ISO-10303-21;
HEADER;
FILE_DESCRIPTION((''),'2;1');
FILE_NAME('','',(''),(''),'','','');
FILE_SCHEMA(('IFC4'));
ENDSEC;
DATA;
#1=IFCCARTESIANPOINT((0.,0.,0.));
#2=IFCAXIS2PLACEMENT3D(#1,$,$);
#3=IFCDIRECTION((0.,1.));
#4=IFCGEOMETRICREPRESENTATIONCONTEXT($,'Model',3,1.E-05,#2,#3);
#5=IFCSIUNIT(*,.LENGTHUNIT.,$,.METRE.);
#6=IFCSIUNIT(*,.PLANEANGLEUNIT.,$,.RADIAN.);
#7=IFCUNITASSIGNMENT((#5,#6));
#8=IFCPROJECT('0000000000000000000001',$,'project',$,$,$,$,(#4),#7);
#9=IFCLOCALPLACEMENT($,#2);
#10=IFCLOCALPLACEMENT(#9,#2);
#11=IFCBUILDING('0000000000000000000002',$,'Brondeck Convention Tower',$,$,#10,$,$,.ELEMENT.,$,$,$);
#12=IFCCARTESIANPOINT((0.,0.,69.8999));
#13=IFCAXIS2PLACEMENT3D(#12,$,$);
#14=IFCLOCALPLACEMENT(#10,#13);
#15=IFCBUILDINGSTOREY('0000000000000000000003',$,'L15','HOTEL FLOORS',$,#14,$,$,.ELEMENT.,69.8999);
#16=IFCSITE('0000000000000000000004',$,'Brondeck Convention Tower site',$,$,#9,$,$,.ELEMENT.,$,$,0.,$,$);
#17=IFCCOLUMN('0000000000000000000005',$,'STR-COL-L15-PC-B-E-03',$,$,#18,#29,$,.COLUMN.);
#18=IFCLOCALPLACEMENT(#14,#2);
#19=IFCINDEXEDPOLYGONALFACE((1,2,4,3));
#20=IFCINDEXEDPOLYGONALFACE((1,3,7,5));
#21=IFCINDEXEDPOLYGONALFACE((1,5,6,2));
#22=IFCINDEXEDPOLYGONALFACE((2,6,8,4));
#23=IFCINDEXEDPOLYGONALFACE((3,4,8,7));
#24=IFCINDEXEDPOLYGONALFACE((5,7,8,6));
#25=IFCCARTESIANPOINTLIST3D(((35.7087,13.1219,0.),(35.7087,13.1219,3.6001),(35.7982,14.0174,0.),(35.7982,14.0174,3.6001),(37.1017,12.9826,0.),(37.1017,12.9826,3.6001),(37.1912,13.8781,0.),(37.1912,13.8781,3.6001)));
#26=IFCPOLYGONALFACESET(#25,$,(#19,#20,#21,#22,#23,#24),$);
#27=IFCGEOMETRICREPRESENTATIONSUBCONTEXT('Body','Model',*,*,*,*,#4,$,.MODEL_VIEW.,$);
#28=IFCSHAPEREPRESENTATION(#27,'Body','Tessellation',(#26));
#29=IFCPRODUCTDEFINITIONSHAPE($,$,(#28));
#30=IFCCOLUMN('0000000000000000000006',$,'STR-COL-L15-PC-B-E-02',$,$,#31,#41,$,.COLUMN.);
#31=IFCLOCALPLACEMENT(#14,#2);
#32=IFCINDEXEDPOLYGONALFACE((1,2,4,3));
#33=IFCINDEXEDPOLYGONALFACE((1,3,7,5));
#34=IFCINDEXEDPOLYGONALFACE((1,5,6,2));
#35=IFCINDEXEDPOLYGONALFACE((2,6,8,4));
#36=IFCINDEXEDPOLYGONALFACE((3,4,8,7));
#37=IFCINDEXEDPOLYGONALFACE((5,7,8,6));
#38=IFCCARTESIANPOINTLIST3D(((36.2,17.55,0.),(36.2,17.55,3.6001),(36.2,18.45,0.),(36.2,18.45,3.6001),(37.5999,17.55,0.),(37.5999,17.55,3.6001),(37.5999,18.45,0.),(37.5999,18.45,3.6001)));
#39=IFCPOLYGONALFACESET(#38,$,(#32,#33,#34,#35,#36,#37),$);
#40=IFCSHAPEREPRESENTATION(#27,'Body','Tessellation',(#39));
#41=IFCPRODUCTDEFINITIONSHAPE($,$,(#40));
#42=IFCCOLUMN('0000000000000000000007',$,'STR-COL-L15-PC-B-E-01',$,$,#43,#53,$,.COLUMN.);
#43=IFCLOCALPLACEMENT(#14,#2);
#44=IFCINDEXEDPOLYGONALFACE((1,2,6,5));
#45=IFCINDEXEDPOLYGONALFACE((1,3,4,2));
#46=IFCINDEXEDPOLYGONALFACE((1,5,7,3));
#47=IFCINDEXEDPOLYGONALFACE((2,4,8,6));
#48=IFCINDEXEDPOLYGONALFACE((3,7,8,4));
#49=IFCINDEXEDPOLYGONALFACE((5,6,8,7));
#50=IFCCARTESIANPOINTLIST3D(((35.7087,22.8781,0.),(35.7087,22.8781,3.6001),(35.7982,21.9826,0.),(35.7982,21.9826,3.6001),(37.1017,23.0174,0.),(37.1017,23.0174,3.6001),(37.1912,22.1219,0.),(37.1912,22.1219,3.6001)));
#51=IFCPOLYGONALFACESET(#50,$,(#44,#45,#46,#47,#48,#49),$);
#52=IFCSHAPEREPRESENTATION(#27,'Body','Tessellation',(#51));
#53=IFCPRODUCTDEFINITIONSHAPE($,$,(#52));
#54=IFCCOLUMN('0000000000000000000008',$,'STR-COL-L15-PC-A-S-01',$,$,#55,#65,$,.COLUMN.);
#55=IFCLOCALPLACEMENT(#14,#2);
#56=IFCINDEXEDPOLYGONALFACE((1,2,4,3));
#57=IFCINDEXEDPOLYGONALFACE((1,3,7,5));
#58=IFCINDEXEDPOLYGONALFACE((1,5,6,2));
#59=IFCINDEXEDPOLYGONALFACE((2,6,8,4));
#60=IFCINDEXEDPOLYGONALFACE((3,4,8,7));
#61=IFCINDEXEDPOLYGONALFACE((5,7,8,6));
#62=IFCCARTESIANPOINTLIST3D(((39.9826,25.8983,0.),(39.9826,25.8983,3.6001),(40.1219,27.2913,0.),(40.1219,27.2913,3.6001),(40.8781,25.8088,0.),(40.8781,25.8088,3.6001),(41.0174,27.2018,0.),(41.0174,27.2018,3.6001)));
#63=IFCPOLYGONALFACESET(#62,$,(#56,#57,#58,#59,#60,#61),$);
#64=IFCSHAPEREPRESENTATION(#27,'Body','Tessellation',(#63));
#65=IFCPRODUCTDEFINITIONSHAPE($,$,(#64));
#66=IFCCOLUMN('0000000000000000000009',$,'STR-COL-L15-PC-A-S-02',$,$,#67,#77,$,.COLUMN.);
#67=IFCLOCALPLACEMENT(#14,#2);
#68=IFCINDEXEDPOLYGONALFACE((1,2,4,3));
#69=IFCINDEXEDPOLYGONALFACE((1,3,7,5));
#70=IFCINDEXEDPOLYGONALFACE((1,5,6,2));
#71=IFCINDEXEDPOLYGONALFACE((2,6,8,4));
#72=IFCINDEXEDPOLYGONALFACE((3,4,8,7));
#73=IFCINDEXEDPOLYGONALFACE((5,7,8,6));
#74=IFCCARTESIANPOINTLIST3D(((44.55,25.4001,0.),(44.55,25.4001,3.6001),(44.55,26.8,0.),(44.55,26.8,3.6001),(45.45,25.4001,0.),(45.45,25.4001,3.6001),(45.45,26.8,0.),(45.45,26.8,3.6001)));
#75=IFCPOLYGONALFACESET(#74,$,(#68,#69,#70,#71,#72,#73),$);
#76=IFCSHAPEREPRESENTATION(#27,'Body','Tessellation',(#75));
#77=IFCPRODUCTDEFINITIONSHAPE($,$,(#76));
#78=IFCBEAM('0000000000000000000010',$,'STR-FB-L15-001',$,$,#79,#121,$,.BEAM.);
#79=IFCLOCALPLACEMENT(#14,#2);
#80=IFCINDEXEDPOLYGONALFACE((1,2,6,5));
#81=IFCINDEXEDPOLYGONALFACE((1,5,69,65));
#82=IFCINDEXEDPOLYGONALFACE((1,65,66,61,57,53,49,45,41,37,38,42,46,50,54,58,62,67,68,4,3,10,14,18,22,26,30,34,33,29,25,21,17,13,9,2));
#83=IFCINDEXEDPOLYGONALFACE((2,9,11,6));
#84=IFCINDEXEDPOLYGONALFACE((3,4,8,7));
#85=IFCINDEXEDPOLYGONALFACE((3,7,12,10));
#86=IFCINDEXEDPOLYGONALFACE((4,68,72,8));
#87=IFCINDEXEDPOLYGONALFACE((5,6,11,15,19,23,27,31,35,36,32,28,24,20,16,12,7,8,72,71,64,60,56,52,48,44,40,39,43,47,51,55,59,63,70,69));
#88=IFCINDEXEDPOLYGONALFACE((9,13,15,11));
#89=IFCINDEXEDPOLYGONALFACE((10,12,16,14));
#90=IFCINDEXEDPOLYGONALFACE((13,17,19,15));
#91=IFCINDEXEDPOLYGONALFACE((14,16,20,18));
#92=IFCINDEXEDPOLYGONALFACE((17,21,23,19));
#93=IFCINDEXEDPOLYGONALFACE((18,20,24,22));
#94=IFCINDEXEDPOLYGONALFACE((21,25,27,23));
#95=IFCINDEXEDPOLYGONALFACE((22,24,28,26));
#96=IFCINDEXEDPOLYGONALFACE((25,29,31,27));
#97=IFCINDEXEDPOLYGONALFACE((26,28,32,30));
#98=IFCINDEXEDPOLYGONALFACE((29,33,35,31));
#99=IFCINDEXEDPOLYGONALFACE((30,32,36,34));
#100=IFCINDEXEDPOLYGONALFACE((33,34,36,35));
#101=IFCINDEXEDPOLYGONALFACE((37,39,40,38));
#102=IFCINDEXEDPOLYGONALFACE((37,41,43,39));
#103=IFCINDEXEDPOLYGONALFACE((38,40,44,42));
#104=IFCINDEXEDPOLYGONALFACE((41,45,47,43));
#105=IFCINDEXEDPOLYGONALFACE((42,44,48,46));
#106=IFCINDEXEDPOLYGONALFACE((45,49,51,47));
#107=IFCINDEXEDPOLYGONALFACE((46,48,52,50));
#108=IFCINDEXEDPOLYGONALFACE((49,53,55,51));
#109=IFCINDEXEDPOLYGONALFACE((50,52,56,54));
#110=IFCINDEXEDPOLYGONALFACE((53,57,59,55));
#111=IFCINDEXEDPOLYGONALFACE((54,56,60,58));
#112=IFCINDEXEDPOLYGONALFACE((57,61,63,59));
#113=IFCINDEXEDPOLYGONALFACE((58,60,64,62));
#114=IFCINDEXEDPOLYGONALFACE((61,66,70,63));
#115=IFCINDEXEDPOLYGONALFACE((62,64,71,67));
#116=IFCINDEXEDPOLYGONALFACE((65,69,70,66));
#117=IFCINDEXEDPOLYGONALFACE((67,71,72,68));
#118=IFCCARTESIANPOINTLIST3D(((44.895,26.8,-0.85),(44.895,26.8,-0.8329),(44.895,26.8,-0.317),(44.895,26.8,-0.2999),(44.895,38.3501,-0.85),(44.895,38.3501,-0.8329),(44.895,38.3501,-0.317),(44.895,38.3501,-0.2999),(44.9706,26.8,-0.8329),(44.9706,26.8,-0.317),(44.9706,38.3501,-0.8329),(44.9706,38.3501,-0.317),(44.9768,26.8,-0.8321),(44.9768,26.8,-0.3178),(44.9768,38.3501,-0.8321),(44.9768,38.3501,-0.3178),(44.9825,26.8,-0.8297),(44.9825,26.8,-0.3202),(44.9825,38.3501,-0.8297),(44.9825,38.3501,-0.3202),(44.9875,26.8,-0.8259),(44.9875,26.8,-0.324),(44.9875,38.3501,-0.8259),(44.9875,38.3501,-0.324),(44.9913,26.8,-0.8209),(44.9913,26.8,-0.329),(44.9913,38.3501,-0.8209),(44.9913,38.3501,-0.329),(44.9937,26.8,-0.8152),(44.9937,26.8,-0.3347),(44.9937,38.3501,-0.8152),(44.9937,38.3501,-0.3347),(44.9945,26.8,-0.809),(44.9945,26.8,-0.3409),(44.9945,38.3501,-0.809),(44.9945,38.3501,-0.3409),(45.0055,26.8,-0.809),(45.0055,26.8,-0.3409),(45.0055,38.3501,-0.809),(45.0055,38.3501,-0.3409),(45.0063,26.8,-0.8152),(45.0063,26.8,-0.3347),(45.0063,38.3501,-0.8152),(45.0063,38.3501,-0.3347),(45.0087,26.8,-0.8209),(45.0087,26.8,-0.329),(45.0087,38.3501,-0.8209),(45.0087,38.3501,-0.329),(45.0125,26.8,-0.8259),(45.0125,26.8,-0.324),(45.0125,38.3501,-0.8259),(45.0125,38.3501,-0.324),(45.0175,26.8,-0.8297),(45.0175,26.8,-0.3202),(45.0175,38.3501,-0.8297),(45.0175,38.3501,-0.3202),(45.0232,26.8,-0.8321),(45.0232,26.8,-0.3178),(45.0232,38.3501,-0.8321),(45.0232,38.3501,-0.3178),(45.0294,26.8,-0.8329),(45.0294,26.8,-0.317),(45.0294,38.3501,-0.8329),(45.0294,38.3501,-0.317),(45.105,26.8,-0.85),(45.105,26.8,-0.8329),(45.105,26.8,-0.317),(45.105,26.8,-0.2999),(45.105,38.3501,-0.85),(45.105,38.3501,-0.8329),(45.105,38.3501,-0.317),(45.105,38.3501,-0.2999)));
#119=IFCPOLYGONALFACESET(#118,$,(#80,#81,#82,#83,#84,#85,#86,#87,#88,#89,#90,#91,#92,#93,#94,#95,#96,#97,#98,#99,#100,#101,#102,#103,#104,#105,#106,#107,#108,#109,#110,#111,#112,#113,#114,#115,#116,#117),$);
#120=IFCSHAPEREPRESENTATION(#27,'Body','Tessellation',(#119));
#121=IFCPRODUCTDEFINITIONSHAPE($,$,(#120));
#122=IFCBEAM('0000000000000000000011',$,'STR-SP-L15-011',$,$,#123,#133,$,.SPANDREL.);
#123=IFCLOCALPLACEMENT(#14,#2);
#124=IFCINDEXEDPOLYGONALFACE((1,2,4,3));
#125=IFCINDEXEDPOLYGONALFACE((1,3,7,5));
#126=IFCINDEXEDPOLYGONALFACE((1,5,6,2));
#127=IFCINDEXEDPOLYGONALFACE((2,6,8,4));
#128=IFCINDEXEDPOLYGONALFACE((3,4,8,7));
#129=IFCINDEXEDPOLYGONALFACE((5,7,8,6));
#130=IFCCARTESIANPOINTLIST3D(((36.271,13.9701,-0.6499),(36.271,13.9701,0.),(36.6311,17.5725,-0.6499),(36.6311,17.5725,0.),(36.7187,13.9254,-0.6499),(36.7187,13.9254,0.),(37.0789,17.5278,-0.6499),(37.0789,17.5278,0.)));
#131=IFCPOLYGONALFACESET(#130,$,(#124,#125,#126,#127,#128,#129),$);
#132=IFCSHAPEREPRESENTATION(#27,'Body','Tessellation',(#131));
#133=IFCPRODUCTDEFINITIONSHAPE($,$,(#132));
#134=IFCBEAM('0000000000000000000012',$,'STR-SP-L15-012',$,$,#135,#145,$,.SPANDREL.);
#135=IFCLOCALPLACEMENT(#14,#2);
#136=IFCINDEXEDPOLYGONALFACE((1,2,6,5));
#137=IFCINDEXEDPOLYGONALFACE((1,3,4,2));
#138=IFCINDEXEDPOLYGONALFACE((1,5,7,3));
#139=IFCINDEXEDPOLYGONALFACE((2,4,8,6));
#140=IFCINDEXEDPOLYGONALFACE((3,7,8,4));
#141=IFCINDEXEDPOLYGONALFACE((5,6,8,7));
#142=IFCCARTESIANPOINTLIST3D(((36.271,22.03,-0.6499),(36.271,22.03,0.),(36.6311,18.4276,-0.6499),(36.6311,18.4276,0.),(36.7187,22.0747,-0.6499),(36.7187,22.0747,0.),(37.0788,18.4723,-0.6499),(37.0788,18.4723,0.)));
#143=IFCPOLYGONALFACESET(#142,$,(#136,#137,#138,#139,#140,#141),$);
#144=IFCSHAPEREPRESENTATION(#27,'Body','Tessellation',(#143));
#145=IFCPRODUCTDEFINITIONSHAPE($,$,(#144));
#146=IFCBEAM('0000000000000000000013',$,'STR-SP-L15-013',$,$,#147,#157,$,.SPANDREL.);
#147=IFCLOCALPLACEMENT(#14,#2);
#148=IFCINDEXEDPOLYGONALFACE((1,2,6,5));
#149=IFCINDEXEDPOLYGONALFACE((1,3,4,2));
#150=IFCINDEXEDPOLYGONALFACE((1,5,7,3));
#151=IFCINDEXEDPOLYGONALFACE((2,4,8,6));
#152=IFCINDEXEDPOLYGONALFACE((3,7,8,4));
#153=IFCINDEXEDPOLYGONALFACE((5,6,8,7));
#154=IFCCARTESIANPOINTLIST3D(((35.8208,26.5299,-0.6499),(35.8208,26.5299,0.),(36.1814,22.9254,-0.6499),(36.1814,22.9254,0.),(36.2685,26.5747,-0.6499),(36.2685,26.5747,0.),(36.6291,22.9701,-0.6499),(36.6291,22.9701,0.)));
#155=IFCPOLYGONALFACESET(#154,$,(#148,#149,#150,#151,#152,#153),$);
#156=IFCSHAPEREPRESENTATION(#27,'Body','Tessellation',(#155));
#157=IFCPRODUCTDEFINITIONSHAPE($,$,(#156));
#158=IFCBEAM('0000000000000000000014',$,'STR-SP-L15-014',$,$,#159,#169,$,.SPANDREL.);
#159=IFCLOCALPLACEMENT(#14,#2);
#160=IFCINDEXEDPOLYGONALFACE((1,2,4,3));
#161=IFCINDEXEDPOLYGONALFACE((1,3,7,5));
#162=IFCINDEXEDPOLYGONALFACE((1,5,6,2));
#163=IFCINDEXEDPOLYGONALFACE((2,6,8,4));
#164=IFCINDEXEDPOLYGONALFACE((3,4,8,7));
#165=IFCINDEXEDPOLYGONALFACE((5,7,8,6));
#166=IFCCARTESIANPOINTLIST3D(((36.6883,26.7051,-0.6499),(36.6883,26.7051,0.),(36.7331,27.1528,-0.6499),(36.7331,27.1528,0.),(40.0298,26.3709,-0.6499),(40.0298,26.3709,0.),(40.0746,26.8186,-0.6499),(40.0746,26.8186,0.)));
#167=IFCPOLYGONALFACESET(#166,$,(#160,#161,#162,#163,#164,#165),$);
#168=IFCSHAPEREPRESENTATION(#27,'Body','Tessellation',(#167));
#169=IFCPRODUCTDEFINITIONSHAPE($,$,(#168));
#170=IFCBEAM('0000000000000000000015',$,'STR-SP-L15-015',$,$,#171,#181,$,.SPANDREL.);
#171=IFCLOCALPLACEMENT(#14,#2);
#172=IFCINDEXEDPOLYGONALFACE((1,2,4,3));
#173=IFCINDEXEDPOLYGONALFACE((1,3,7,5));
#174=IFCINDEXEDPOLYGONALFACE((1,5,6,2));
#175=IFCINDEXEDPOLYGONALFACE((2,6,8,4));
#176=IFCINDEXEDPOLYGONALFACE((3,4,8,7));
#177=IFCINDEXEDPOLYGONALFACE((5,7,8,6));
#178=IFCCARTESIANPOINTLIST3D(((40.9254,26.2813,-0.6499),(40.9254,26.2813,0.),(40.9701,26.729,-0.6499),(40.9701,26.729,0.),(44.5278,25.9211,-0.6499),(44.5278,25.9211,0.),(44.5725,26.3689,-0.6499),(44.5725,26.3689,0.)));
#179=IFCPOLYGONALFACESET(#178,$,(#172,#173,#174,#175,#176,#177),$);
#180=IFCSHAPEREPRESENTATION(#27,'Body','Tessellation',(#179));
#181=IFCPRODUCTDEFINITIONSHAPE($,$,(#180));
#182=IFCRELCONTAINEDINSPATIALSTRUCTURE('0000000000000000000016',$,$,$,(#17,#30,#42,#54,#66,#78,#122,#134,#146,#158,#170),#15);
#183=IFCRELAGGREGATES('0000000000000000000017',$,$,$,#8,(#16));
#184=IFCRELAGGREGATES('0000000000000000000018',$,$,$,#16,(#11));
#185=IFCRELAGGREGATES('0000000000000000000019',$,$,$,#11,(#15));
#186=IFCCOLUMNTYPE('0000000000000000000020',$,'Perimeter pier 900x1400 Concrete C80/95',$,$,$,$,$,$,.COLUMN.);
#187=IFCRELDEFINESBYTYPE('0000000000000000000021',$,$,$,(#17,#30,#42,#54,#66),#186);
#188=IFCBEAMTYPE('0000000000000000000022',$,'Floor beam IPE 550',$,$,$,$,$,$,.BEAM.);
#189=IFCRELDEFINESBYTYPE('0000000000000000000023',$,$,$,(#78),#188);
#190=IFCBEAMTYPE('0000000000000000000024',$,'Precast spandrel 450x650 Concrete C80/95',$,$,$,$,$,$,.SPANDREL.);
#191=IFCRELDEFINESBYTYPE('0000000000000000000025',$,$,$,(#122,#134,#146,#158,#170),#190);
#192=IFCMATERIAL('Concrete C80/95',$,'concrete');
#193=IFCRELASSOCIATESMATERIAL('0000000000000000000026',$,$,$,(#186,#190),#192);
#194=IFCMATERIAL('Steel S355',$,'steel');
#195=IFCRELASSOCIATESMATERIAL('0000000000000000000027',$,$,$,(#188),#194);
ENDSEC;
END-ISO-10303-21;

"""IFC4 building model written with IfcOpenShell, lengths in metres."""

from ifc_helpers import new_model, si_unit, direction, frame, origin, origin_2d, place, context, subcontext, project, spatial, rectangle, i_section, extrude, material, material_profile, profile_set, type_object, element, save


model = new_model("IFC4")

# Units and contexts
model_context = context("Model", 3, precision=1e-05, world=origin(), true_north=direction((0.0, 1.0)))
body_context = subcontext(model_context, "Body", "Model", "MODEL_VIEW")
ifc_project = project(units=[si_unit("LENGTHUNIT", "METRE"), si_unit("PLANEANGLEUNIT", "RADIAN")], contexts=[model_context])

# Site, building, storey
site_placement = place(None, origin())
site = spatial("IfcSite", under=ifc_project, at=site_placement, Name="Brondeck Convention Tower site", CompositionType="ELEMENT", RefElevation=0.0)
building_placement = place(site_placement, origin())
building = spatial("IfcBuilding", under=site, at=building_placement, Name="Brondeck Convention Tower", CompositionType="ELEMENT")
storey_placement = place(building_placement, frame((0.0, 0.0, 69.8999)))
storey = spatial("IfcBuildingStorey", under=building, at=storey_placement, Name="L15", Description="HOTEL FLOORS", CompositionType="ELEMENT", Elevation=69.8999)

# Columns
ifc_material_1 = material(Name="Concrete C80/95", Category="concrete")
ifc_material_profile_1 = material_profile(ifc_material_1, rectangle(XDim=0.8999, YDim=1.3999, at=origin_2d()), Name="Perimeter pier 900x1400 Concrete C80/95")
ifc_profile_set_1 = profile_set([ifc_material_profile_1], Name="Concrete C80/95")
column_type = type_object("IfcColumnType", Name="Perimeter pier 900x1400 Concrete C80/95", PredefinedType="COLUMN", material=ifc_profile_set_1)
for number, where, z_axis, x_axis, name in (
    (1, (36.45, 13.5, 0.0), (0.0, 0.0, 1.0), (0.099504, 0.995037, 0.0), "STR-COL-L15-PC-B-E-03"),
    (2, (36.8999, 18.0, 0.0), (0.0, 0.0, 1.0), (0.0, 1.0, 0.0), "STR-COL-L15-PC-B-E-02"),
    (3, (36.45, 22.5, 0.0), (0.0, 0.0, 1.0), (-0.099504, 0.995037, 0.0), "STR-COL-L15-PC-B-E-01"),
    (4, (40.5, 26.55, 0.0), (0.0, 0.0, 1.0), (0.995037, -0.099504, 0.0), "STR-COL-L15-PC-A-S-01"),
    (5, (45.0, 26.1001, 0.0), (0.0, 0.0, 1.0), (1.0, 0.0, 0.0), "STR-COL-L15-PC-A-S-02"),
):
    element("IfcColumn", number, at=place(storey_placement, frame(where, z_axis=z_axis, x_axis=x_axis)), inside=storey, type_object=column_type, Name=name, PredefinedType="COLUMN", context=body_context, shape_type="SweptSolid", body=[
        extrude(rectangle(XDim=0.8999, YDim=1.3999, at=origin_2d()), origin(), (0.0, 0.0, 1.0), 3.6001),
    ])

# Beams
ifc_material_2 = material(Name="Steel S355", Category="steel")
ifc_material_profile_2 = material_profile(ifc_material_2, i_section(OverallWidth=0.21, OverallDepth=0.55, WebThickness=0.011, FlangeThickness=0.0171, FilletRadius=0.0239, at=origin_2d()), Name="IPE 550")
ifc_profile_set_2 = profile_set([ifc_material_profile_2], Name="Steel S355")
beam_type_1 = type_object("IfcBeamType", Name="Floor beam IPE 550", PredefinedType="BEAM", material=ifc_profile_set_2)
beam_1_placement = place(storey_placement, frame((45.0, 26.8, -0.575), z_axis=(0.0, 1.0, 0.0), x_axis=(-1.0, 0.0, 0.0)))
element("IfcBeam", 6, at=beam_1_placement, inside=storey, type_object=beam_type_1, Name="STR-FB-L15-001", PredefinedType="BEAM", context=body_context, shape_type="SweptSolid", body=[
    extrude(i_section(OverallWidth=0.21, OverallDepth=0.55, WebThickness=0.011, FlangeThickness=0.0171, FilletRadius=0.0239, at=origin_2d()), origin(), (0.0, 0.0, 1.0), 11.55),
])
ifc_material_profile_3 = material_profile(ifc_material_1, rectangle(XDim=0.45, YDim=0.6499, at=origin_2d()), Name="Precast spandrel 450x650 Concrete C80/95")
ifc_profile_set_3 = profile_set([ifc_material_profile_3], Name="Concrete C80/95")
beam_type_2 = type_object("IfcBeamType", Name="Precast spandrel 450x650 Concrete C80/95", PredefinedType="SPANDREL", material=ifc_profile_set_3)
for number, where, z_axis, x_axis, name in (
    (7, (36.4949, 13.9478, -0.325), (0.09947, 0.995041, 0.0), (-0.995041, 0.09947, 0.0), "STR-SP-L15-011"),
    (8, (36.855, 18.45, -0.325), (-0.09947, 0.995041, 0.0), (-0.995041, -0.09947, 0.0), "STR-SP-L15-012"),
):
    element("IfcBeam", number, at=place(storey_placement, frame(where, z_axis=z_axis, x_axis=x_axis)), inside=storey, type_object=beam_type_2, Name=name, PredefinedType="SPANDREL", context=body_context, shape_type="SweptSolid", body=[
        extrude(rectangle(XDim=0.45, YDim=0.6499, at=origin_2d()), origin(), (0.0, 0.0, 1.0), 3.6204),
    ])
beam_2_placement = place(storey_placement, frame((36.4053, 22.9478, -0.325), z_axis=(-0.099544, 0.995033, 0.0), x_axis=(-0.995033, -0.099544, 0.0)))
element("IfcBeam", 9, at=beam_2_placement, inside=storey, type_object=beam_type_2, Name="STR-SP-L15-013", PredefinedType="SPANDREL", context=body_context, shape_type="SweptSolid", body=[
    extrude(rectangle(XDim=0.45, YDim=0.6499, at=origin_2d()), origin(), (0.0, 0.0, 1.0), 3.6226),
])
beam_3_placement = place(storey_placement, frame((36.7107, 26.929, -0.325), z_axis=(0.995035, -0.099525, 0.0), x_axis=(0.099525, 0.995035, 0.0)))
element("IfcBeam", 10, at=beam_3_placement, inside=storey, type_object=beam_type_2, Name="STR-SP-L15-014", PredefinedType="SPANDREL", context=body_context, shape_type="SweptSolid", body=[
    extrude(rectangle(XDim=0.45, YDim=0.6499, at=origin_2d()), origin(), (0.0, 0.0, 1.0), 3.3582),
])
beam_4_placement = place(storey_placement, frame((40.9478, 26.5051, -0.325), z_axis=(0.995041, -0.09947, 0.0), x_axis=(0.09947, 0.995041, 0.0)))
element("IfcBeam", 11, at=beam_4_placement, inside=storey, type_object=beam_type_2, Name="STR-SP-L15-015", PredefinedType="SPANDREL", context=body_context, shape_type="SweptSolid", body=[
    extrude(rectangle(XDim=0.45, YDim=0.6499, at=origin_2d()), origin(), (0.0, 0.0, 1.0), 3.6204),
])

save(model, "model.ifc")
